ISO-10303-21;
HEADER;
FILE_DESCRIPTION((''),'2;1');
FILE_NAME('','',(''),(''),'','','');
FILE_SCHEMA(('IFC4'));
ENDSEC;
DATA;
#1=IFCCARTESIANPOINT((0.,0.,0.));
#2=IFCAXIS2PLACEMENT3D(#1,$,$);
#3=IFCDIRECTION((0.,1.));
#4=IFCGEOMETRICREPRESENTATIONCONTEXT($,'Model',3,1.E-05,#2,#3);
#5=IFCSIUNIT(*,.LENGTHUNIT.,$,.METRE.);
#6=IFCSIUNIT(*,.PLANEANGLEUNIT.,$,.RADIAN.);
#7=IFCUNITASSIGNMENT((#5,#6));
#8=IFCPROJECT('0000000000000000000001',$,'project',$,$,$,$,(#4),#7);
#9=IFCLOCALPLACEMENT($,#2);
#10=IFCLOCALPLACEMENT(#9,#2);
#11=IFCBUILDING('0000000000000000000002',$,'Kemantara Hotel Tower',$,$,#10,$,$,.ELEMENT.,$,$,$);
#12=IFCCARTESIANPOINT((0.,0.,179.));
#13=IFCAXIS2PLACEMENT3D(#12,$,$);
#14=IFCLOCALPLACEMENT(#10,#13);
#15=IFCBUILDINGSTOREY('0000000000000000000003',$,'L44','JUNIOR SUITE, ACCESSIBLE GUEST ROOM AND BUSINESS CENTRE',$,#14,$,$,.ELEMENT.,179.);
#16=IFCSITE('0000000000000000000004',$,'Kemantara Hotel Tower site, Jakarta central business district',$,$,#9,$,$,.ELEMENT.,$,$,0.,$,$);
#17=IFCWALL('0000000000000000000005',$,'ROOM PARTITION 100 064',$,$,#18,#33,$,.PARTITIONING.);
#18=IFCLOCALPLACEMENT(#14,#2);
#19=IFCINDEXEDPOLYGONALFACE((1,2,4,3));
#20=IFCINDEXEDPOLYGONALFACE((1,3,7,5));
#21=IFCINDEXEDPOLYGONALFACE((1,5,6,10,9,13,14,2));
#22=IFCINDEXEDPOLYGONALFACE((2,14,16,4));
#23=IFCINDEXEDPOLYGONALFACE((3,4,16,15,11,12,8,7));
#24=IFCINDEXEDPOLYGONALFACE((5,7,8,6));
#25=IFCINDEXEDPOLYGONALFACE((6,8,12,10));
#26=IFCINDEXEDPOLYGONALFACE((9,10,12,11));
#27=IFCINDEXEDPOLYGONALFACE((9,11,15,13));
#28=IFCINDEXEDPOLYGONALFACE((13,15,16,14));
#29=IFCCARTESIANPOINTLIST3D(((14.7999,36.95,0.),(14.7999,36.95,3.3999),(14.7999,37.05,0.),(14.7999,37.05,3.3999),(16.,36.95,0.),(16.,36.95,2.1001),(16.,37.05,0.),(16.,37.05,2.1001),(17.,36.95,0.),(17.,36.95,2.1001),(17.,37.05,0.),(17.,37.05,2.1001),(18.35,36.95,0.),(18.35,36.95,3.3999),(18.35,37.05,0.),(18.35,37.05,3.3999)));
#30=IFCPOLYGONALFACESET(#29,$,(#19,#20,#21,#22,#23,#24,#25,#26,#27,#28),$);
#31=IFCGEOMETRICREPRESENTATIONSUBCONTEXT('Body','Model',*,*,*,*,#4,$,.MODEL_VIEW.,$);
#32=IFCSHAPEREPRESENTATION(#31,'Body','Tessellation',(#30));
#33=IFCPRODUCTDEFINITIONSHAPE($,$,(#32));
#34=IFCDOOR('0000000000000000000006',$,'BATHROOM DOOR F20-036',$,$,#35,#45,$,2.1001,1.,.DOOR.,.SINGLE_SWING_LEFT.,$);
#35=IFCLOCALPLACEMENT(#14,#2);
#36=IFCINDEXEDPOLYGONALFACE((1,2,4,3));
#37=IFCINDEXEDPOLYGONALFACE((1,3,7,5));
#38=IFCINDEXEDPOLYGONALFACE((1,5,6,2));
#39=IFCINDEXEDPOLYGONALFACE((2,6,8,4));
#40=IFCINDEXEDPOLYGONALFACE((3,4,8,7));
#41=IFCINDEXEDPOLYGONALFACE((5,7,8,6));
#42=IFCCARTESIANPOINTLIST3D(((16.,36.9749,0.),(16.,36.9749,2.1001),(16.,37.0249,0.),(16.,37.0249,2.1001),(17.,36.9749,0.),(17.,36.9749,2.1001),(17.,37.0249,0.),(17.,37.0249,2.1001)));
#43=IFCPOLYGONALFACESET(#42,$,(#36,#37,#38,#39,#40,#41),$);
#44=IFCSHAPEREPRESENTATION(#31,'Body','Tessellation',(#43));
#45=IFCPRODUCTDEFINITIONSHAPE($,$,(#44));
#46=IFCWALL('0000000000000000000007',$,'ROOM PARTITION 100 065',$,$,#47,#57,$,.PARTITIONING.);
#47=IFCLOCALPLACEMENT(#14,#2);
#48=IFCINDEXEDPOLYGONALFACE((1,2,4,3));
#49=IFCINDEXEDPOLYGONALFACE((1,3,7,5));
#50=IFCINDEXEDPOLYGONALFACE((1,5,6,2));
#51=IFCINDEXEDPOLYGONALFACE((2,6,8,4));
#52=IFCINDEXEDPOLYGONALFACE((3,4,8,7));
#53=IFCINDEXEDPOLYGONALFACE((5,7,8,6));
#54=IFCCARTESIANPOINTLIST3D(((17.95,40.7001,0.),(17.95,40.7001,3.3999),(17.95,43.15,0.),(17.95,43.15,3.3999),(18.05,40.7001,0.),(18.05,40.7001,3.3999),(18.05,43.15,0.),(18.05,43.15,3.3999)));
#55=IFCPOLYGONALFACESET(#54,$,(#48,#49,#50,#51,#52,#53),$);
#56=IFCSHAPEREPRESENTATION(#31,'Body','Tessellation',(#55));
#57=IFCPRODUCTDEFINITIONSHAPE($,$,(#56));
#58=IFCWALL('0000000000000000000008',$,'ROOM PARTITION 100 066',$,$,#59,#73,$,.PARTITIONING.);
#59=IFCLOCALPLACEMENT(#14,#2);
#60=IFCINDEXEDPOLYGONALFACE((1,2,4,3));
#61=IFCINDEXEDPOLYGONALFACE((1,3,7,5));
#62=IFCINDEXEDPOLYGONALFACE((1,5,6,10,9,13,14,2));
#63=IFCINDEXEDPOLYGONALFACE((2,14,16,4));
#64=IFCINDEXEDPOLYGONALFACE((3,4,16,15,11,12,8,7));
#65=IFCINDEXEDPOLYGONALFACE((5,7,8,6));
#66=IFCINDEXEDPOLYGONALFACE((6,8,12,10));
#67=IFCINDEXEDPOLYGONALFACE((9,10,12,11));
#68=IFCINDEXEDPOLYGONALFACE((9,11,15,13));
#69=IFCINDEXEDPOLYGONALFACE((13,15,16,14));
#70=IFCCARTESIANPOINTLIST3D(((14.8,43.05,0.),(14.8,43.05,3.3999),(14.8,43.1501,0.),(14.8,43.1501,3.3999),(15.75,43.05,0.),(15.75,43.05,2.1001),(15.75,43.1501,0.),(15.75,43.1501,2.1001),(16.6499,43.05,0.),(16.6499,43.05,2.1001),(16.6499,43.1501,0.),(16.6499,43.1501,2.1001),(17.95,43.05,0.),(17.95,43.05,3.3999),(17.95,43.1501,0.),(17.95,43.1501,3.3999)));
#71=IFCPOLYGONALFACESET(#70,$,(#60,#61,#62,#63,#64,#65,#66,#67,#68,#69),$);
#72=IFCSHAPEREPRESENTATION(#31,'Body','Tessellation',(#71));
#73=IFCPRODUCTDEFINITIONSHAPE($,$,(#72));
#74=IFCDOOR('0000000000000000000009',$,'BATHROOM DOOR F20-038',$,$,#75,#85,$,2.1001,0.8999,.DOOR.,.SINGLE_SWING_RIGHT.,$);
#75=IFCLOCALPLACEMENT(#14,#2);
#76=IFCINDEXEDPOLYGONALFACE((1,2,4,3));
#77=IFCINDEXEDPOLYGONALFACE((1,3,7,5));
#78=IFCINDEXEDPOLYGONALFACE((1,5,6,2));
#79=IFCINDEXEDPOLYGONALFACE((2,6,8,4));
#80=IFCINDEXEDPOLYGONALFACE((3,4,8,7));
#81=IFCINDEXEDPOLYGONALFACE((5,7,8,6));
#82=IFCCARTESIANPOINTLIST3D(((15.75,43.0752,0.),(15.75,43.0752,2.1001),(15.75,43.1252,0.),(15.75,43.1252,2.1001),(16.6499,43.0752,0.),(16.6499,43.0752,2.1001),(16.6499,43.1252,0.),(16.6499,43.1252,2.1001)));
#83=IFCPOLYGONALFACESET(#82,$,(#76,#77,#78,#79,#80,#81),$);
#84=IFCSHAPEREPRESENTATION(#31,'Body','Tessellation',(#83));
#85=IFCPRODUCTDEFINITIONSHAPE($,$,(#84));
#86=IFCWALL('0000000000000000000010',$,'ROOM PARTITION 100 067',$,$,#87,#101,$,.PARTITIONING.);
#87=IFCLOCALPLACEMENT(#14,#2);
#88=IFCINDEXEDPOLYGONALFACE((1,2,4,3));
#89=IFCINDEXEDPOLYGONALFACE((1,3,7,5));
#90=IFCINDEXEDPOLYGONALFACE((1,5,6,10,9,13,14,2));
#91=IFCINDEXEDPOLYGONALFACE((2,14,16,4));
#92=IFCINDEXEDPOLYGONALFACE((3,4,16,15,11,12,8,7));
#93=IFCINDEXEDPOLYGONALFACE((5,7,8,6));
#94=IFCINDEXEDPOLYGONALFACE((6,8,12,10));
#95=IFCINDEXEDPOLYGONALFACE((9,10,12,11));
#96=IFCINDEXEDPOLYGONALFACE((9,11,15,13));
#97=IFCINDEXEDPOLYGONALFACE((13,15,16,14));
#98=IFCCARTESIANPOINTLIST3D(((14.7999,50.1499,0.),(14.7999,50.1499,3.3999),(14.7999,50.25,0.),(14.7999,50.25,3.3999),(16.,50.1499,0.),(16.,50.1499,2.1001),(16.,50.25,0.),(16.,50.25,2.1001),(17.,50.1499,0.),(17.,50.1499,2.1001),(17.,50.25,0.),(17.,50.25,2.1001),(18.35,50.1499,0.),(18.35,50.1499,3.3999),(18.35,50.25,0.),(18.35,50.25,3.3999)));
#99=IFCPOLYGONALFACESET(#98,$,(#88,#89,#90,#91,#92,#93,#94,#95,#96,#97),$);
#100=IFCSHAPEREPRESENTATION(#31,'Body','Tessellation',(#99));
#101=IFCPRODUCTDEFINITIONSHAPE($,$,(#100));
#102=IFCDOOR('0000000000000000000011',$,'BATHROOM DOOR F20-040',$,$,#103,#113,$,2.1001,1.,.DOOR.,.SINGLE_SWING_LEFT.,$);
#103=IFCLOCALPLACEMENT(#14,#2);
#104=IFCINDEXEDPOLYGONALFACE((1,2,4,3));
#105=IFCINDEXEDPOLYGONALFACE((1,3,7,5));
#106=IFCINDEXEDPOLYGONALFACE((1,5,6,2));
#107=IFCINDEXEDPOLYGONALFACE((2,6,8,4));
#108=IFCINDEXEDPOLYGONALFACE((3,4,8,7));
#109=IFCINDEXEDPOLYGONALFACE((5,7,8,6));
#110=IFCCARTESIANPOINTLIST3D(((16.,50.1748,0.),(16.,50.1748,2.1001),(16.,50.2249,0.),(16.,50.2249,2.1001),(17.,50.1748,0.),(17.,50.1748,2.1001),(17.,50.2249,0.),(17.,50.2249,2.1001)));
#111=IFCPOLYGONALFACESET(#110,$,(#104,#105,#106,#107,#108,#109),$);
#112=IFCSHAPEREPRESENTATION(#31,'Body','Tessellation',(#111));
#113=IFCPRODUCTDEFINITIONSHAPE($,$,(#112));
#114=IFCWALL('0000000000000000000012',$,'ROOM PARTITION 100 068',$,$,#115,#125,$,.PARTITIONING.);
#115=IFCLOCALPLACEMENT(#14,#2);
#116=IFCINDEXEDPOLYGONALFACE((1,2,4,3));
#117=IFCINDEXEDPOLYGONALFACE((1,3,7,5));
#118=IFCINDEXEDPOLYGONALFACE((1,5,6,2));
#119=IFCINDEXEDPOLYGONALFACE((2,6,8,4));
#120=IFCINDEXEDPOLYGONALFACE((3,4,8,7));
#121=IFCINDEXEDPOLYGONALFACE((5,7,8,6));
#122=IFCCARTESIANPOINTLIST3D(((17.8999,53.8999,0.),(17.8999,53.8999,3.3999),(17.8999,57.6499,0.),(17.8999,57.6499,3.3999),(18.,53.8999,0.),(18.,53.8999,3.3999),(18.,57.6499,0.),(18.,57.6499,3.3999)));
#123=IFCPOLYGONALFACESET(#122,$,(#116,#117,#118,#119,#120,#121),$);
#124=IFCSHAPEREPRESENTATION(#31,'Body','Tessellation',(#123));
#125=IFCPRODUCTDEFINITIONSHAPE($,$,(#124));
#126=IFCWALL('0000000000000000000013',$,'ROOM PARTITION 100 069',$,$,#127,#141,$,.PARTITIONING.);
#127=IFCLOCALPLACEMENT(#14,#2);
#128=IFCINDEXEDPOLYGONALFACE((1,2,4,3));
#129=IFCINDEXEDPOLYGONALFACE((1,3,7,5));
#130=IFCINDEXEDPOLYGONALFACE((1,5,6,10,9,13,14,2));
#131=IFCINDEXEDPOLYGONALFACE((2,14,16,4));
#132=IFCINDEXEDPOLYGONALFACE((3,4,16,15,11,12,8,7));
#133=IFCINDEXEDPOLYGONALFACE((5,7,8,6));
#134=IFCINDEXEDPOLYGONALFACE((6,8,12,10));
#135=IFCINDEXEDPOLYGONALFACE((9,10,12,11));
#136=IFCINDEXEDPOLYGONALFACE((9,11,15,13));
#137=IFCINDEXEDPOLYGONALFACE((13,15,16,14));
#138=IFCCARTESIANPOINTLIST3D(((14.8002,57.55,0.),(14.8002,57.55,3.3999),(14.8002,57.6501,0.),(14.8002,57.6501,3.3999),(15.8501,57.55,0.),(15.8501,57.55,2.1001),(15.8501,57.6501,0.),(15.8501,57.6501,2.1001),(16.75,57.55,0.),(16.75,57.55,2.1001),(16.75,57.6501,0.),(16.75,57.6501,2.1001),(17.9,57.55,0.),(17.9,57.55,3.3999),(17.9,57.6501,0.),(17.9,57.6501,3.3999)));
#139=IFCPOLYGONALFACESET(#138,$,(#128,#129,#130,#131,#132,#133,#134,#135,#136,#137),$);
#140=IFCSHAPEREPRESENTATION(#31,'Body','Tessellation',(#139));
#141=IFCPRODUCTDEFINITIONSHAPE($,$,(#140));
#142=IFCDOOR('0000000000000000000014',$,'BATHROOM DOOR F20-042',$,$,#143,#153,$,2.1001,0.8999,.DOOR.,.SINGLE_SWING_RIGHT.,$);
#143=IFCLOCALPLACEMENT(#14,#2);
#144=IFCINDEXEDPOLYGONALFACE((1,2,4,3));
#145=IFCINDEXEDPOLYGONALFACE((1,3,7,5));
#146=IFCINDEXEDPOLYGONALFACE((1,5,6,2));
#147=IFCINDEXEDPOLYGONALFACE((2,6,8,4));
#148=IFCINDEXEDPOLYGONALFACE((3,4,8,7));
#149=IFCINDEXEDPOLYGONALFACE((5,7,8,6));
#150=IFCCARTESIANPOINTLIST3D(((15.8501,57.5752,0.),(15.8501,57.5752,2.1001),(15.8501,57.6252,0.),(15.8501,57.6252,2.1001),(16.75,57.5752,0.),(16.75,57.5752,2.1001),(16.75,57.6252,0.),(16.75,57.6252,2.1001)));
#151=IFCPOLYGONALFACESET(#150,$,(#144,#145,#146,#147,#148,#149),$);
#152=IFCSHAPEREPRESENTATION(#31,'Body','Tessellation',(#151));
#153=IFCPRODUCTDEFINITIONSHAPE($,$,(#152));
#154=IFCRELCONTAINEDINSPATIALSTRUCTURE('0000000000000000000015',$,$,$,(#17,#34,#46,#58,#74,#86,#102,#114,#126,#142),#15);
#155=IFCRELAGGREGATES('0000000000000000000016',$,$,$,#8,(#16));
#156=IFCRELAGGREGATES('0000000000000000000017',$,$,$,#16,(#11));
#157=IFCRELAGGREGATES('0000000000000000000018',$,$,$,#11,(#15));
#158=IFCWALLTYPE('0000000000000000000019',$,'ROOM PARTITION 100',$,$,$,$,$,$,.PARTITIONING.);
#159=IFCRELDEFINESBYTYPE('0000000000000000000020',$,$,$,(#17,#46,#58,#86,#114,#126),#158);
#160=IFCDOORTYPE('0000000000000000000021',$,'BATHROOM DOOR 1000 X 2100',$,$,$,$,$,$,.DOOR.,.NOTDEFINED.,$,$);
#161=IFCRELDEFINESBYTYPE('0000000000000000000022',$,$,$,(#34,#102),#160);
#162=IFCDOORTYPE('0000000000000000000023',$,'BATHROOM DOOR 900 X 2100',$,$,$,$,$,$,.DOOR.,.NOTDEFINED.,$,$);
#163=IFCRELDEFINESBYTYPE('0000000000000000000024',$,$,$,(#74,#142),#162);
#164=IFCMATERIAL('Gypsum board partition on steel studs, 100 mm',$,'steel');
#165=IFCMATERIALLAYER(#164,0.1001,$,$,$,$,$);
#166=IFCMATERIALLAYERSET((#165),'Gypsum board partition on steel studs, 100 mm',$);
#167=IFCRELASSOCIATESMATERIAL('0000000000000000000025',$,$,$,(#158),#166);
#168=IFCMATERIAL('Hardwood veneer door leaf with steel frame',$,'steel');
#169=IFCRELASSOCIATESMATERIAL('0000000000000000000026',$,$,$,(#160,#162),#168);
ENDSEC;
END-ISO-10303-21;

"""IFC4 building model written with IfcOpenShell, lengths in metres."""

from ifc_helpers import new_model, si_unit, direction, frame, frame_2d, origin, place, context, subcontext, project, spatial, rectangle, extrude, material, layer, layer_set, type_object, element, fill, save


model = new_model("IFC4")

# Units and contexts
model_context = context("Model", 3, precision=1e-05, world=origin(), true_north=direction((0.0, 1.0)))
body_context = subcontext(model_context, "Body", "Model", "MODEL_VIEW")
ifc_project = project(units=[si_unit("LENGTHUNIT", "METRE"), si_unit("PLANEANGLEUNIT", "RADIAN")], contexts=[model_context])

# Site, building, storey
site_placement = place(None, origin())
site = spatial("IfcSite", under=ifc_project, at=site_placement, Name="Kemantara Hotel Tower site, Jakarta central business district", CompositionType="ELEMENT", RefElevation=0.0)
building_placement = place(site_placement, origin())
building = spatial("IfcBuilding", under=site, at=building_placement, Name="Kemantara Hotel Tower", CompositionType="ELEMENT")
storey_placement = place(building_placement, frame((0.0, 0.0, 179.0)))
storey = spatial("IfcBuildingStorey", under=building, at=storey_placement, Name="L44", Description="JUNIOR SUITE, ACCESSIBLE GUEST ROOM AND BUSINESS CENTRE", CompositionType="ELEMENT", Elevation=179.0)

# Shared definitions
ifc_material_1 = material(Name="Hardwood veneer door leaf with steel frame", Category="steel")

# Shared definitions
ifc_material_2 = material(Name="Gypsum board partition on steel studs, 100 mm", Category="steel")
ifc_layer_1 = layer(ifc_material_2, 0.1001)
ifc_layer_set_1 = layer_set([ifc_layer_1], Name="Gypsum board partition on steel studs, 100 mm")
wall_type_1 = type_object("IfcWallType", Name="ROOM PARTITION 100", PredefinedType="PARTITIONING", material=ifc_layer_set_1)

# Wall, opening, door
wall_1_placement = place(storey_placement, frame((14.8, 37.0, 0.0), z_axis=(0.0, 0.0, 1.0), x_axis=(1.0, 0.0, 0.0)))
wall_1 = element("IfcWall", 1, at=wall_1_placement, inside=storey, type_object=wall_type_1, Name="ROOM PARTITION 100 064", PredefinedType="PARTITIONING", context=body_context, shape_type="SweptSolid", body=[
    extrude(rectangle(XDim=3.55, YDim=0.1001, at=frame_2d((1.7749, 0.0))), origin(), (0.0, 0.0, 1.0), 3.3999),
])
opening_1_placement = place(wall_1_placement, frame((1.2, 0.0, 0.0)))
opening_1 = element("IfcOpeningElement", 2, at=opening_1_placement, cuts=wall_1, PredefinedType="OPENING", context=body_context, shape_type="SweptSolid", body=[
    extrude(rectangle(XDim=1.0, YDim=2.1001, at=frame_2d((0.5, 1.05))), frame((0.0, 0.0601, 0.0), z_axis=(0.0, -1.0, 0.0), x_axis=(1.0, 0.0, 0.0)), (0.0, 0.0, 1.0), 0.1201),
])
door_type_1 = type_object("IfcDoorType", Name="BATHROOM DOOR 1000 X 2100", OperationType="NOTDEFINED", PredefinedType="DOOR", material=ifc_material_1)
door_1_placement = place(opening_1_placement, origin())
door_1 = element("IfcDoor", 3, at=door_1_placement, inside=storey, type_object=door_type_1, Name="BATHROOM DOOR F20-036", OperationType="SINGLE_SWING_LEFT", OverallHeight=2.1001, OverallWidth=1.0, PredefinedType="DOOR", context=body_context, shape_type="SweptSolid", body=[
    extrude(rectangle(XDim=1.0, YDim=2.1001, at=frame_2d((0.5, 1.05))), frame((0.0, 0.0249, 0.0), z_axis=(0.0, -1.0, 0.0), x_axis=(1.0, 0.0, 0.0)), (0.0, 0.0, 1.0), 0.05),
])
fill(opening_1, door_1)

# Wall
wall_2_placement = place(storey_placement, frame((18.0, 40.7, 0.0), z_axis=(0.0, 0.0, 1.0), x_axis=(0.0, 1.0, 0.0)))
element("IfcWall", 4, at=wall_2_placement, inside=storey, type_object=wall_type_1, Name="ROOM PARTITION 100 065", PredefinedType="PARTITIONING", context=body_context, shape_type="SweptSolid", body=[
    extrude(rectangle(XDim=2.45, YDim=0.1001, at=frame_2d((1.2251, 0.0))), origin(), (0.0, 0.0, 1.0), 3.3999),
])

# Walls, openings, doors
wall_3_placement = place(storey_placement, frame((17.95, 43.1001, 0.0), z_axis=(0.0, 0.0, 1.0), x_axis=(-1.0, 0.0, 0.0)))
wall_3 = element("IfcWall", 5, at=wall_3_placement, inside=storey, type_object=wall_type_1, Name="ROOM PARTITION 100 066", PredefinedType="PARTITIONING", context=body_context, shape_type="SweptSolid", body=[
    extrude(rectangle(XDim=3.1499, YDim=0.1001, at=frame_2d((1.575, 0.0))), origin(), (0.0, 0.0, 1.0), 3.3999),
])
opening_2_placement = place(wall_3_placement, frame((1.3, 0.0, 0.0)))
opening_2 = element("IfcOpeningElement", 6, at=opening_2_placement, cuts=wall_3, PredefinedType="OPENING", context=body_context, shape_type="SweptSolid", body=[
    extrude(rectangle(XDim=0.8999, YDim=2.1001, at=frame_2d((0.45, 1.05))), frame((0.0, 0.0601, 0.0), z_axis=(0.0, -1.0, 0.0), x_axis=(1.0, 0.0, 0.0)), (0.0, 0.0, 1.0), 0.1201),
])
door_type_2 = type_object("IfcDoorType", Name="BATHROOM DOOR 900 X 2100", OperationType="NOTDEFINED", PredefinedType="DOOR", material=ifc_material_1)
door_2_placement = place(opening_2_placement, origin())
door_2 = element("IfcDoor", 7, at=door_2_placement, inside=storey, type_object=door_type_2, Name="BATHROOM DOOR F20-038", OperationType="SINGLE_SWING_RIGHT", OverallHeight=2.1001, OverallWidth=0.8999, PredefinedType="DOOR", context=body_context, shape_type="SweptSolid", body=[
    extrude(rectangle(XDim=0.8999, YDim=2.1001, at=frame_2d((0.45, 1.05))), frame((0.0, 0.0249, 0.0), z_axis=(0.0, -1.0, 0.0), x_axis=(1.0, 0.0, 0.0)), (0.0, 0.0, 1.0), 0.05),
])
fill(opening_2, door_2)
wall_4_placement = place(storey_placement, frame((14.8, 50.2, 0.0), z_axis=(0.0, 0.0, 1.0), x_axis=(1.0, 0.0, 0.0)))
wall_4 = element("IfcWall", 8, at=wall_4_placement, inside=storey, type_object=wall_type_1, Name="ROOM PARTITION 100 067", PredefinedType="PARTITIONING", context=body_context, shape_type="SweptSolid", body=[
    extrude(rectangle(XDim=3.55, YDim=0.1001, at=frame_2d((1.7749, 0.0))), origin(), (0.0, 0.0, 1.0), 3.3999),
])
opening_3_placement = place(wall_4_placement, frame((1.2, 0.0, 0.0)))
opening_3 = element("IfcOpeningElement", 9, at=opening_3_placement, cuts=wall_4, PredefinedType="OPENING", context=body_context, shape_type="SweptSolid", body=[
    extrude(rectangle(XDim=1.0, YDim=2.1001, at=frame_2d((0.5, 1.05))), frame((0.0, 0.0601, 0.0), z_axis=(0.0, -1.0, 0.0), x_axis=(1.0, 0.0, 0.0)), (0.0, 0.0, 1.0), 0.1201),
])
door_3_placement = place(opening_3_placement, origin())
door_3 = element("IfcDoor", 10, at=door_3_placement, inside=storey, type_object=door_type_1, Name="BATHROOM DOOR F20-040", OperationType="SINGLE_SWING_LEFT", OverallHeight=2.1001, OverallWidth=1.0, PredefinedType="DOOR", context=body_context, shape_type="SweptSolid", body=[
    extrude(rectangle(XDim=1.0, YDim=2.1001, at=frame_2d((0.5, 1.05))), frame((0.0, 0.0249, 0.0), z_axis=(0.0, -1.0, 0.0), x_axis=(1.0, 0.0, 0.0)), (0.0, 0.0, 1.0), 0.05),
])
fill(opening_3, door_3)

# Wall
wall_5_placement = place(storey_placement, frame((17.95, 53.8999, 0.0), z_axis=(0.0, 0.0, 1.0), x_axis=(0.0, 1.0, 0.0)))
element("IfcWall", 11, at=wall_5_placement, inside=storey, type_object=wall_type_1, Name="ROOM PARTITION 100 068", PredefinedType="PARTITIONING", context=body_context, shape_type="SweptSolid", body=[
    extrude(rectangle(XDim=3.75, YDim=0.1001, at=frame_2d((1.875, 0.0))), origin(), (0.0, 0.0, 1.0), 3.3999),
])

# Wall, opening, door
wall_6_placement = place(storey_placement, frame((17.8999, 57.6001, 0.0), z_axis=(0.0, 0.0, 1.0), x_axis=(-1.0, 0.0, 0.0)))
wall_6 = element("IfcWall", 12, at=wall_6_placement, inside=storey, type_object=wall_type_1, Name="ROOM PARTITION 100 069", PredefinedType="PARTITIONING", context=body_context, shape_type="SweptSolid", body=[
    extrude(rectangle(XDim=3.0999, YDim=0.1001, at=frame_2d((1.5498, 0.0))), origin(), (0.0, 0.0, 1.0), 3.3999),
])
opening_4_placement = place(wall_6_placement, frame((1.1499, 0.0, 0.0)))
opening_4 = element("IfcOpeningElement", 13, at=opening_4_placement, cuts=wall_6, PredefinedType="OPENING", context=body_context, shape_type="SweptSolid", body=[
    extrude(rectangle(XDim=0.8999, YDim=2.1001, at=frame_2d((0.45, 1.05))), frame((0.0, 0.0601, 0.0), z_axis=(0.0, -1.0, 0.0), x_axis=(1.0, 0.0, 0.0)), (0.0, 0.0, 1.0), 0.1201),
])
door_4_placement = place(opening_4_placement, origin())
door_4 = element("IfcDoor", 14, at=door_4_placement, inside=storey, type_object=door_type_2, Name="BATHROOM DOOR F20-042", OperationType="SINGLE_SWING_RIGHT", OverallHeight=2.1001, OverallWidth=0.8999, PredefinedType="DOOR", context=body_context, shape_type="SweptSolid", body=[
    extrude(rectangle(XDim=0.8999, YDim=2.1001, at=frame_2d((0.45, 1.05))), frame((0.0, 0.0249, 0.0), z_axis=(0.0, -1.0, 0.0), x_axis=(1.0, 0.0, 0.0)), (0.0, 0.0, 1.0), 0.05),
])
fill(opening_4, door_4)

save(model, "model.ifc")
